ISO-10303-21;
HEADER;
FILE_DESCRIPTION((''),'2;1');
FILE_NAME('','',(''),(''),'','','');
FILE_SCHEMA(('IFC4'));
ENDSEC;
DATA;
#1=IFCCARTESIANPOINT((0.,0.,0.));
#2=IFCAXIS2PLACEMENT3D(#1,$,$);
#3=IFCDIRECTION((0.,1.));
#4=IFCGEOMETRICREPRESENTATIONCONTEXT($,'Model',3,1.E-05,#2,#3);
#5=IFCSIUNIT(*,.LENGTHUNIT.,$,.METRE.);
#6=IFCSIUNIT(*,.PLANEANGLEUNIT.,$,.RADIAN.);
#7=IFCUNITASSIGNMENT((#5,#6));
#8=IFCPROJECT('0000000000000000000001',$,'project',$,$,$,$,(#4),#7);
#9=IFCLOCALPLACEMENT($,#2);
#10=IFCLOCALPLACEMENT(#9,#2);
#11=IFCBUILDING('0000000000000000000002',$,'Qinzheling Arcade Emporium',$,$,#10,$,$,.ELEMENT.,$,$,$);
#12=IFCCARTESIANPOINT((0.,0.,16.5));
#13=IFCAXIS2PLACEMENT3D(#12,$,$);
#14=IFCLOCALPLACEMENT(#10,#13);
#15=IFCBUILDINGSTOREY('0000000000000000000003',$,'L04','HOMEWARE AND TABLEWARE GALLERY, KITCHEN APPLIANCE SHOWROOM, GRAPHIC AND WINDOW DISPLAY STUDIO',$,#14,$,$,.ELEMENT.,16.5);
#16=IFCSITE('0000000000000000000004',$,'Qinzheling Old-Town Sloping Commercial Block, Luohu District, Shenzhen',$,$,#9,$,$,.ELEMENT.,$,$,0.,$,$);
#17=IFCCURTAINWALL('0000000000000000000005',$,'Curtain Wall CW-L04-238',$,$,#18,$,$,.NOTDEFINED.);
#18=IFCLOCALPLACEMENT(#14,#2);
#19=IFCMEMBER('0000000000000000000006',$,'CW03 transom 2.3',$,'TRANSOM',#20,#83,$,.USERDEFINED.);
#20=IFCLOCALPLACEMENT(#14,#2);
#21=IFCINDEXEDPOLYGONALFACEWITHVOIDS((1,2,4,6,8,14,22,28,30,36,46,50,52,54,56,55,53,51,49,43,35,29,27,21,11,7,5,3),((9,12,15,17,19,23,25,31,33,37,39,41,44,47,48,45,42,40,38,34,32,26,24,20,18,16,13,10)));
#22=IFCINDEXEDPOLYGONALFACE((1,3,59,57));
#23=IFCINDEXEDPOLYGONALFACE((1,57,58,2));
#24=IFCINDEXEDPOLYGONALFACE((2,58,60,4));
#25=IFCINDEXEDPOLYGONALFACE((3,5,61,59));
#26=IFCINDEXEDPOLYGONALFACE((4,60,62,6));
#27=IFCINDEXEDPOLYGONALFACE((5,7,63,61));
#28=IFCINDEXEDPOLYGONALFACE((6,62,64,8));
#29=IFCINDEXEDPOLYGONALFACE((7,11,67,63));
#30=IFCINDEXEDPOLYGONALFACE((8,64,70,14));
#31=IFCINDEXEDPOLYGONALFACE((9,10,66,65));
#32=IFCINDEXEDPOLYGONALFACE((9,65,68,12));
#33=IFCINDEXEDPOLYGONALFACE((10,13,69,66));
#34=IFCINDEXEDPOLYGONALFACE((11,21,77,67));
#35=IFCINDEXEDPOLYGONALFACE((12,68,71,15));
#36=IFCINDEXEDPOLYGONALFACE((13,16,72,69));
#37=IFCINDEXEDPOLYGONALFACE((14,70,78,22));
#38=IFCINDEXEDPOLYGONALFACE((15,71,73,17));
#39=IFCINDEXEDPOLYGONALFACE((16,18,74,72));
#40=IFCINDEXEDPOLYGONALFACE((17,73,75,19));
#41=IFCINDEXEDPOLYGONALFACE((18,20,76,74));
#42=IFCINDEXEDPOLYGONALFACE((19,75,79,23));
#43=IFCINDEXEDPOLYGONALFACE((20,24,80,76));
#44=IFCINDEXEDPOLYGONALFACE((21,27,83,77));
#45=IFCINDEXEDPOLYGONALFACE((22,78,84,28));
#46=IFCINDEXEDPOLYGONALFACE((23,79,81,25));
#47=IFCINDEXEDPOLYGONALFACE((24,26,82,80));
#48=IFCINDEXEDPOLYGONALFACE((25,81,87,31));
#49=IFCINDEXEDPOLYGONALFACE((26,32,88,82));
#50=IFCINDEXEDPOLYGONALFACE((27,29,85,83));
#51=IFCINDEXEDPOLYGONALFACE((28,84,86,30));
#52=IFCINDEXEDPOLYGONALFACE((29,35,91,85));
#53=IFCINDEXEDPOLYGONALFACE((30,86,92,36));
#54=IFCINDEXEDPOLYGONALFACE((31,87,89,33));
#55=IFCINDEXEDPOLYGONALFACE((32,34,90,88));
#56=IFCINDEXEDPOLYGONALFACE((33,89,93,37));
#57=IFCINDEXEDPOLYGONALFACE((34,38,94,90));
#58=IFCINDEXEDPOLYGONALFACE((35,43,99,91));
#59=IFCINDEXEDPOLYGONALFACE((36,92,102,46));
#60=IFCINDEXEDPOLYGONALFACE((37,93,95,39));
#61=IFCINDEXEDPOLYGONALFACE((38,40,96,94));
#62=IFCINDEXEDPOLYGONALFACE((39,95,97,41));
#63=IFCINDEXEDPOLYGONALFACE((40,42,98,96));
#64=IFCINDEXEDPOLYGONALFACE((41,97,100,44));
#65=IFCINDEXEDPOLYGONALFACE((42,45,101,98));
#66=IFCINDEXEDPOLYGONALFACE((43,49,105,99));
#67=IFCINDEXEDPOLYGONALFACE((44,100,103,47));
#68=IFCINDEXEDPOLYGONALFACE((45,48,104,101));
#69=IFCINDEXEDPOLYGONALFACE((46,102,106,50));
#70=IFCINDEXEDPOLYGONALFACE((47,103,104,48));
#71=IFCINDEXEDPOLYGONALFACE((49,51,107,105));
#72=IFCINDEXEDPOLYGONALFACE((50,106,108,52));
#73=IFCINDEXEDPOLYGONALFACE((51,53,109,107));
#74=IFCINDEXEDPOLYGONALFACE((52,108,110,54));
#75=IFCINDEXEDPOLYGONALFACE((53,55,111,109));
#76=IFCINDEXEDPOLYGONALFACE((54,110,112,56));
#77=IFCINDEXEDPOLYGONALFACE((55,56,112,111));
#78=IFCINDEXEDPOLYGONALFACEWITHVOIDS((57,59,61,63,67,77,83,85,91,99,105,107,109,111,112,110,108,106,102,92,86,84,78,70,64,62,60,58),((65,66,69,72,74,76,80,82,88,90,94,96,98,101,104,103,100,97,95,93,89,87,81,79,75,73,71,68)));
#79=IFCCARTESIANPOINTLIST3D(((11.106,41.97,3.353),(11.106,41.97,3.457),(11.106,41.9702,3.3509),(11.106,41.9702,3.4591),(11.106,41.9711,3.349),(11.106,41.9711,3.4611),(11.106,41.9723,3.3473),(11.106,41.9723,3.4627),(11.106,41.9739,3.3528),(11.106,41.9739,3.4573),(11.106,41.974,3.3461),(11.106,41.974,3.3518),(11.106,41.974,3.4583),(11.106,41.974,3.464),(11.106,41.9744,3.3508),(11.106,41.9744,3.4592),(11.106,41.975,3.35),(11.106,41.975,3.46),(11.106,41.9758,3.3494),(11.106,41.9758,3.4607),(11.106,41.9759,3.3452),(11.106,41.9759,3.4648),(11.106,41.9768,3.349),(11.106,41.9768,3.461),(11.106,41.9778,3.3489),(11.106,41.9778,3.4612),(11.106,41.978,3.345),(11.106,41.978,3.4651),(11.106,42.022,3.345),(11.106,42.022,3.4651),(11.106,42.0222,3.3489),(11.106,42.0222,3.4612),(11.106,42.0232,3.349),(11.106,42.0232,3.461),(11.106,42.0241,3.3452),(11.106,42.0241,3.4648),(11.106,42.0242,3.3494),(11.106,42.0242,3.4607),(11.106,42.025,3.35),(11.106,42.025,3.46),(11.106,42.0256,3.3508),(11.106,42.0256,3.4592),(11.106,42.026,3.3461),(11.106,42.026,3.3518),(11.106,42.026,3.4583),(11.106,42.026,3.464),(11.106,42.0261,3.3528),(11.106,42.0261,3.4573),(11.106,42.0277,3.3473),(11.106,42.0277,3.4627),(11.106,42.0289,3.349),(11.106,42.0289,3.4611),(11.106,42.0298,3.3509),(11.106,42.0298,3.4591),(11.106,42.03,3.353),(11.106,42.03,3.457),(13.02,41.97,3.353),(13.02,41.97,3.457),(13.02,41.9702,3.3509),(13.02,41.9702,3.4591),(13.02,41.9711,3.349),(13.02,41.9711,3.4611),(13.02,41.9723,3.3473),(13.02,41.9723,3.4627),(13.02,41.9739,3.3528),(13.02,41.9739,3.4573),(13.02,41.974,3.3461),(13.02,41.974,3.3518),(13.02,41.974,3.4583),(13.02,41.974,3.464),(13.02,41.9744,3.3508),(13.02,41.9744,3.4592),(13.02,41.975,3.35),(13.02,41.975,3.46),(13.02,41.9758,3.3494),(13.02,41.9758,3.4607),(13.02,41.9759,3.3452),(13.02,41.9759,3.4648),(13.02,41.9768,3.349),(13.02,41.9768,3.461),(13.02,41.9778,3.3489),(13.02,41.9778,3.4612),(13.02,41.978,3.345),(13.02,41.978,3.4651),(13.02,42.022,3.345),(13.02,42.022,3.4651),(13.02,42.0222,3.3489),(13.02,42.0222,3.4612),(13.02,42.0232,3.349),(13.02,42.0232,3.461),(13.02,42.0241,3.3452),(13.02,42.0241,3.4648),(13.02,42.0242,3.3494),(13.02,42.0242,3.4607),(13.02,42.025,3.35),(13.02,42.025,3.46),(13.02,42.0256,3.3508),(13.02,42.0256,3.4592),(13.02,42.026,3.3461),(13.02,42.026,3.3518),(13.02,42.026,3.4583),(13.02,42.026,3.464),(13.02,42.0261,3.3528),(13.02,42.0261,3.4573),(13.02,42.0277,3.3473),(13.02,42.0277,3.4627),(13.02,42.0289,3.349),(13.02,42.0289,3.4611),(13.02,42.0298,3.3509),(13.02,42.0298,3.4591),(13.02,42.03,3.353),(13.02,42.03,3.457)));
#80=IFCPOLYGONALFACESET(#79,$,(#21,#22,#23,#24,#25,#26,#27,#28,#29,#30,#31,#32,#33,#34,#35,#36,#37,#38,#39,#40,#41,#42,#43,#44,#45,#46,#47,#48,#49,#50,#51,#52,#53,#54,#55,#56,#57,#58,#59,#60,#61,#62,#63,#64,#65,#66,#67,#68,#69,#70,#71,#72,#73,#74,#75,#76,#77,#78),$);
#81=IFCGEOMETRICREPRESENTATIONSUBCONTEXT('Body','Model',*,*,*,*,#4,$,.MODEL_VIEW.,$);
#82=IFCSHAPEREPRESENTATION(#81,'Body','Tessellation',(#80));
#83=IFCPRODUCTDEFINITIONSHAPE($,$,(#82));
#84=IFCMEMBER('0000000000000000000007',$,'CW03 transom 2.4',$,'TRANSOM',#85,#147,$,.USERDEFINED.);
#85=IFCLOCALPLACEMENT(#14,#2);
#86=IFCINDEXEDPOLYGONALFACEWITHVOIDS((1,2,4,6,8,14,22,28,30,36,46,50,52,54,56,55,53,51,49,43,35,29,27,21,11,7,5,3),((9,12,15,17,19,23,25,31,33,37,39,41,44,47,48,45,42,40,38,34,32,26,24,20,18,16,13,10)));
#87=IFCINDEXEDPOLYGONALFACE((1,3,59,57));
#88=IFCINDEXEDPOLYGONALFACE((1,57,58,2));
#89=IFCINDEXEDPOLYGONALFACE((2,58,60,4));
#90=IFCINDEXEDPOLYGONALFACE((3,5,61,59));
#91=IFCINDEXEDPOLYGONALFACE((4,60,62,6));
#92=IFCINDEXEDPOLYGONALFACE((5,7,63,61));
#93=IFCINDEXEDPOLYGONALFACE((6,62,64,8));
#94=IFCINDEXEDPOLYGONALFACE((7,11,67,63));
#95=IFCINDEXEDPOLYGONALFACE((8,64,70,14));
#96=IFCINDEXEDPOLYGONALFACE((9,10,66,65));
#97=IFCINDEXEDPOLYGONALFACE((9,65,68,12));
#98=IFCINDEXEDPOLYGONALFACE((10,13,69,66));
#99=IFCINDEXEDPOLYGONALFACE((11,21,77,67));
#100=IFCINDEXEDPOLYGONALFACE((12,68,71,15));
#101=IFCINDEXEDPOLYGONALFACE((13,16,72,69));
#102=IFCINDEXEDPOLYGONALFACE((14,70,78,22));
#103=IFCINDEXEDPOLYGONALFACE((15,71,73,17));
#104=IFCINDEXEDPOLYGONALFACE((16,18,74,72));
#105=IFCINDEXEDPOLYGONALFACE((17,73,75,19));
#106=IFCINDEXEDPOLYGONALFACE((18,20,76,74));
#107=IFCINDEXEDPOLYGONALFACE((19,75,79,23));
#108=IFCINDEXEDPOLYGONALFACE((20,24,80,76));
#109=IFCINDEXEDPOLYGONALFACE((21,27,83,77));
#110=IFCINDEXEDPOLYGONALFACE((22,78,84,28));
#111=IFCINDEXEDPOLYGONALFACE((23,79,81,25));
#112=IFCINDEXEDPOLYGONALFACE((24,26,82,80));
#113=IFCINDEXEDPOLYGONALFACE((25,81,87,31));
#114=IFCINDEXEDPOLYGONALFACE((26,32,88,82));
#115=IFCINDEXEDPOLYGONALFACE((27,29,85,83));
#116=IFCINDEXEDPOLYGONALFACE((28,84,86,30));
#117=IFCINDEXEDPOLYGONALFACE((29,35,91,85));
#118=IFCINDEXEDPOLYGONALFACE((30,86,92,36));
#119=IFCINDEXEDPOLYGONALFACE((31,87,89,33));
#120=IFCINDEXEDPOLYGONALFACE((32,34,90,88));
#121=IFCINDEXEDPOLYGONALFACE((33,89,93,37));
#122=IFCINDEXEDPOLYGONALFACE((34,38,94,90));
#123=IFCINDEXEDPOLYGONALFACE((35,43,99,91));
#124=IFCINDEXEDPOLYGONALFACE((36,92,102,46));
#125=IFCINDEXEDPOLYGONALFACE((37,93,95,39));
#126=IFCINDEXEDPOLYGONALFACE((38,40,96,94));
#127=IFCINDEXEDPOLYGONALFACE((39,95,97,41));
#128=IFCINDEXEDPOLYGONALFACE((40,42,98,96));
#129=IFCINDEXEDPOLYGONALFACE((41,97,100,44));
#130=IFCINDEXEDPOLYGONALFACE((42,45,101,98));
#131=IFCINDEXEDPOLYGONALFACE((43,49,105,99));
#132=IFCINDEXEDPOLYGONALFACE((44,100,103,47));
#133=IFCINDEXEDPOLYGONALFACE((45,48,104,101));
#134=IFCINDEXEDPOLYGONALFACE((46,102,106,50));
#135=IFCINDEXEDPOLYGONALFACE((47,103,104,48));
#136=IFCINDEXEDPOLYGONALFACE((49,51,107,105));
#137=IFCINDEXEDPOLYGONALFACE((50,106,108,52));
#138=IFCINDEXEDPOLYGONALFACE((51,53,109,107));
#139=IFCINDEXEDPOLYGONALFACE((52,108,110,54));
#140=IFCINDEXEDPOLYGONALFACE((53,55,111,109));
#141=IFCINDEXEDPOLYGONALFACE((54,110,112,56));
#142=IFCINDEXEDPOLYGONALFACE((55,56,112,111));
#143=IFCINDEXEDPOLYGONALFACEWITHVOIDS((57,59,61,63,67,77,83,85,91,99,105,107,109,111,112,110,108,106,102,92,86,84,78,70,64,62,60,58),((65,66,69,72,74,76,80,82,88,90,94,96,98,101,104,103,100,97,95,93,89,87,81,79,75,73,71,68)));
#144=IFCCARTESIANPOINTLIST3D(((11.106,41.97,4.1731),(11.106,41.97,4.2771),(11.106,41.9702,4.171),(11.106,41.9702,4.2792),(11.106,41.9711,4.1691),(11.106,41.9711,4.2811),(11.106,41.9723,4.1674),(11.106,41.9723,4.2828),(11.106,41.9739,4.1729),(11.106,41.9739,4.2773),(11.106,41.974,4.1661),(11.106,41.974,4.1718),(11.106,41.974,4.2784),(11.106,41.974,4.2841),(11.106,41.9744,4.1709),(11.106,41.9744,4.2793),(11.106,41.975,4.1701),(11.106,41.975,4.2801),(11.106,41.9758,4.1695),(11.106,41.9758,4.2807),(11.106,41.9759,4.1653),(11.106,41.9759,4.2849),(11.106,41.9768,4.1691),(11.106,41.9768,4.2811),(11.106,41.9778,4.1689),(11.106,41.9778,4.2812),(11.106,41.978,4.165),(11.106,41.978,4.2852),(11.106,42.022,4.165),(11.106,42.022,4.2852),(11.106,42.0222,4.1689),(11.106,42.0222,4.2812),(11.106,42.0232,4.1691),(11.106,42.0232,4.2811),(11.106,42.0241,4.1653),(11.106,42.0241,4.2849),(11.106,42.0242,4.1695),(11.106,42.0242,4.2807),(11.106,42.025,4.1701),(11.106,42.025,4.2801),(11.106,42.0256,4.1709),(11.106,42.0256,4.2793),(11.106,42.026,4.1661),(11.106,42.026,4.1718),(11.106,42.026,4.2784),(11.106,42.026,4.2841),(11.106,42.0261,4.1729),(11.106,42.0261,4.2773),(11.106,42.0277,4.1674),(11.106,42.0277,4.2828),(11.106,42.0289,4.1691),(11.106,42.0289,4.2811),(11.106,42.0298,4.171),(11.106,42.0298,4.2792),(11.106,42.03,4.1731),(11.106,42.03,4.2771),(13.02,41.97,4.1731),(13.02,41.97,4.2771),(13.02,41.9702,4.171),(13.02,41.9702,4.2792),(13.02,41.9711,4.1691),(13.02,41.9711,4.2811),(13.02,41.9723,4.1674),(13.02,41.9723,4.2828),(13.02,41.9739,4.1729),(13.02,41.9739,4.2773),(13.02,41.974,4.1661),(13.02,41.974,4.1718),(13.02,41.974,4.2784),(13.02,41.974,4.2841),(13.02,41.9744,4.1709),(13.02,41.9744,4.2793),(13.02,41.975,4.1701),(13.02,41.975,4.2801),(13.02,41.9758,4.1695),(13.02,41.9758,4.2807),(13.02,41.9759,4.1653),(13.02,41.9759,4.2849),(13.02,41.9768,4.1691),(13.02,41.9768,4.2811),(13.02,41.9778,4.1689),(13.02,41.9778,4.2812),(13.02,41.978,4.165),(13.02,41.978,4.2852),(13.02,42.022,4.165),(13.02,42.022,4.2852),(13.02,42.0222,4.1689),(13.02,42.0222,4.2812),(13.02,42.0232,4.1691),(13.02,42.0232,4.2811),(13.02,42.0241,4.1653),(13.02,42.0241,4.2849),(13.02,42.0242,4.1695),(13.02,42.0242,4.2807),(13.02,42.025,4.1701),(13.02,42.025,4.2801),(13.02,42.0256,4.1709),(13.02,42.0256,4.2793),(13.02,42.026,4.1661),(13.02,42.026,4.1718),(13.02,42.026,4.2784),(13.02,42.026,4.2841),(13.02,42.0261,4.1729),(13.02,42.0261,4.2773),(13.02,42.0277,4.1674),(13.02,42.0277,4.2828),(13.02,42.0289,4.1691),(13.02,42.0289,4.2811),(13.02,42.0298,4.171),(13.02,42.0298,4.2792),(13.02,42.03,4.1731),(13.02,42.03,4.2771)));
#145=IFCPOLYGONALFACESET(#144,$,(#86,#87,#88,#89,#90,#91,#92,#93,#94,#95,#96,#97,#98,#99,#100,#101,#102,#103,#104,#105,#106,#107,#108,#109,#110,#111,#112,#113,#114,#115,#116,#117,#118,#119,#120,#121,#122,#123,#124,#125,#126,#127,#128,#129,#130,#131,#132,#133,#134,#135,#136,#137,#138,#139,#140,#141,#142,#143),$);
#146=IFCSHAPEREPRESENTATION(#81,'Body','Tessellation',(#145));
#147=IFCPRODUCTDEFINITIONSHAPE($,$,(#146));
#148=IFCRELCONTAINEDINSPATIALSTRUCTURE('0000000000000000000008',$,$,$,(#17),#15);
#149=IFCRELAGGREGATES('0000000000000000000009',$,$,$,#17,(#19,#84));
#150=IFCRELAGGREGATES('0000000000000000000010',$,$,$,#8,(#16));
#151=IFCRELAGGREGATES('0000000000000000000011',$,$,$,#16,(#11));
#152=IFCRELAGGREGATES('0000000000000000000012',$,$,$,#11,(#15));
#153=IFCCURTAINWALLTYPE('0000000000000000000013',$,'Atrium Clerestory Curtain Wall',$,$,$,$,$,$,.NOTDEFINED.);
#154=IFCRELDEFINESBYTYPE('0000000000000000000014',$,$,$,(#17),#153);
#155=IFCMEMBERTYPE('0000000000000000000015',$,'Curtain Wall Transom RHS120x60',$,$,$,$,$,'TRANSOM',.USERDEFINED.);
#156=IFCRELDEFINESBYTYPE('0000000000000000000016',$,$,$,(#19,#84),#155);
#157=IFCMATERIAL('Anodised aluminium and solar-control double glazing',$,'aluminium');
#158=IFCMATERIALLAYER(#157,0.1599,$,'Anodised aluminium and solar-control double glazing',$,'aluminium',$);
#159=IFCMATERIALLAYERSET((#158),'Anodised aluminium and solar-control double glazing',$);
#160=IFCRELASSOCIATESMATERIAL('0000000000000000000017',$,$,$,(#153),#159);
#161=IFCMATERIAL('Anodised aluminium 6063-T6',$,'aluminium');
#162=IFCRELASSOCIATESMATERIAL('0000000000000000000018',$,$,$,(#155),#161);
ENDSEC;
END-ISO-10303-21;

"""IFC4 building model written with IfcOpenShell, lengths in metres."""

from ifc_helpers import new_model, si_unit, direction, frame, origin, origin_2d, place, context, subcontext, project, spatial, hollow_rectangle, extrude, material, layer, layer_set, material_profile, profile_set, type_object, element, aggregate, save


model = new_model("IFC4")

# Units and contexts
model_context = context("Model", 3, precision=1e-05, world=origin(), true_north=direction((0.0, 1.0)))
body_context = subcontext(model_context, "Body", "Model", "MODEL_VIEW")
ifc_project = project(units=[si_unit("LENGTHUNIT", "METRE"), si_unit("PLANEANGLEUNIT", "RADIAN")], contexts=[model_context])

# Site, building, storey
site_placement = place(None, origin())
site = spatial("IfcSite", under=ifc_project, at=site_placement, Name="Qinzheling Old-Town Sloping Commercial Block, Luohu District, Shenzhen", CompositionType="ELEMENT", RefElevation=0.0)
building_placement = place(site_placement, origin())
building = spatial("IfcBuilding", under=site, at=building_placement, Name="Qinzheling Arcade Emporium", CompositionType="ELEMENT")
storey_placement = place(building_placement, frame((0.0, 0.0, 16.5)))
storey = spatial("IfcBuildingStorey", under=building, at=storey_placement, Name="L04", Description="HOMEWARE AND TABLEWARE GALLERY, KITCHEN APPLIANCE SHOWROOM, GRAPHIC AND WINDOW DISPLAY STUDIO", CompositionType="ELEMENT", Elevation=16.5)

# Curtain wall, members
ifc_material_1 = material(Name="Anodised aluminium and solar-control double glazing", Category="aluminium")
ifc_layer_1 = layer(ifc_material_1, 0.1599, Name="Anodised aluminium and solar-control double glazing", Category="aluminium")
ifc_layer_set_1 = layer_set([ifc_layer_1], Name="Anodised aluminium and solar-control double glazing")
curtain_wall_type = type_object("IfcCurtainWallType", Name="Atrium Clerestory Curtain Wall", PredefinedType="NOTDEFINED", material=ifc_layer_set_1)
curtain_wall_placement = place(storey_placement, origin())
curtain_wall = element("IfcCurtainWall", 1, at=curtain_wall_placement, inside=storey, type_object=curtain_wall_type, Name="Curtain Wall CW-L04-238", PredefinedType="NOTDEFINED")
ifc_material_2 = material(Name="Anodised aluminium 6063-T6", Category="aluminium")
ifc_material_profile_1 = material_profile(ifc_material_2, hollow_rectangle(XDim=0.0601, YDim=0.1201, WallThickness=0.0039, InnerFilletRadius=0.0039, OuterFilletRadius=0.0081, at=origin_2d()), Name="RHS 120x60x4", Category="aluminium")
ifc_profile_set_1 = profile_set([ifc_material_profile_1], Name="Anodised aluminium 6063-T6")
member_type_1 = type_object("IfcMemberType", Name="Curtain Wall Transom RHS120x60", ElementType="TRANSOM", PredefinedType="USERDEFINED", material=ifc_profile_set_1)
member_1_placement = place(storey_placement, frame((11.106, 42.0, 3.405), z_axis=(1.0, 0.0, 0.0), x_axis=(0.0, 1.0, 0.0)))
member_1 = element("IfcMember", 2, at=member_1_placement, type_object=member_type_1, Name="CW03 transom 2.3", ObjectType="TRANSOM", PredefinedType="USERDEFINED", context=body_context, shape_type="SweptSolid", body=[
    extrude(hollow_rectangle(XDim=0.0601, YDim=0.1201, WallThickness=0.0039, InnerFilletRadius=0.0039, OuterFilletRadius=0.0081, at=origin_2d()), origin(), (0.0, 0.0, 1.0), 1.9141),
])
member_2_placement = place(storey_placement, frame((11.106, 42.0, 4.2251), z_axis=(1.0, 0.0, 0.0), x_axis=(0.0, 1.0, 0.0)))
member_2 = element("IfcMember", 3, at=member_2_placement, type_object=member_type_1, Name="CW03 transom 2.4", ObjectType="TRANSOM", PredefinedType="USERDEFINED", context=body_context, shape_type="SweptSolid", body=[
    extrude(hollow_rectangle(XDim=0.0601, YDim=0.1201, WallThickness=0.0039, InnerFilletRadius=0.0039, OuterFilletRadius=0.0081, at=origin_2d()), origin(), (0.0, 0.0, 1.0), 1.9141),
])
aggregate(curtain_wall, [member_1, member_2])

save(model, "model.ifc")
